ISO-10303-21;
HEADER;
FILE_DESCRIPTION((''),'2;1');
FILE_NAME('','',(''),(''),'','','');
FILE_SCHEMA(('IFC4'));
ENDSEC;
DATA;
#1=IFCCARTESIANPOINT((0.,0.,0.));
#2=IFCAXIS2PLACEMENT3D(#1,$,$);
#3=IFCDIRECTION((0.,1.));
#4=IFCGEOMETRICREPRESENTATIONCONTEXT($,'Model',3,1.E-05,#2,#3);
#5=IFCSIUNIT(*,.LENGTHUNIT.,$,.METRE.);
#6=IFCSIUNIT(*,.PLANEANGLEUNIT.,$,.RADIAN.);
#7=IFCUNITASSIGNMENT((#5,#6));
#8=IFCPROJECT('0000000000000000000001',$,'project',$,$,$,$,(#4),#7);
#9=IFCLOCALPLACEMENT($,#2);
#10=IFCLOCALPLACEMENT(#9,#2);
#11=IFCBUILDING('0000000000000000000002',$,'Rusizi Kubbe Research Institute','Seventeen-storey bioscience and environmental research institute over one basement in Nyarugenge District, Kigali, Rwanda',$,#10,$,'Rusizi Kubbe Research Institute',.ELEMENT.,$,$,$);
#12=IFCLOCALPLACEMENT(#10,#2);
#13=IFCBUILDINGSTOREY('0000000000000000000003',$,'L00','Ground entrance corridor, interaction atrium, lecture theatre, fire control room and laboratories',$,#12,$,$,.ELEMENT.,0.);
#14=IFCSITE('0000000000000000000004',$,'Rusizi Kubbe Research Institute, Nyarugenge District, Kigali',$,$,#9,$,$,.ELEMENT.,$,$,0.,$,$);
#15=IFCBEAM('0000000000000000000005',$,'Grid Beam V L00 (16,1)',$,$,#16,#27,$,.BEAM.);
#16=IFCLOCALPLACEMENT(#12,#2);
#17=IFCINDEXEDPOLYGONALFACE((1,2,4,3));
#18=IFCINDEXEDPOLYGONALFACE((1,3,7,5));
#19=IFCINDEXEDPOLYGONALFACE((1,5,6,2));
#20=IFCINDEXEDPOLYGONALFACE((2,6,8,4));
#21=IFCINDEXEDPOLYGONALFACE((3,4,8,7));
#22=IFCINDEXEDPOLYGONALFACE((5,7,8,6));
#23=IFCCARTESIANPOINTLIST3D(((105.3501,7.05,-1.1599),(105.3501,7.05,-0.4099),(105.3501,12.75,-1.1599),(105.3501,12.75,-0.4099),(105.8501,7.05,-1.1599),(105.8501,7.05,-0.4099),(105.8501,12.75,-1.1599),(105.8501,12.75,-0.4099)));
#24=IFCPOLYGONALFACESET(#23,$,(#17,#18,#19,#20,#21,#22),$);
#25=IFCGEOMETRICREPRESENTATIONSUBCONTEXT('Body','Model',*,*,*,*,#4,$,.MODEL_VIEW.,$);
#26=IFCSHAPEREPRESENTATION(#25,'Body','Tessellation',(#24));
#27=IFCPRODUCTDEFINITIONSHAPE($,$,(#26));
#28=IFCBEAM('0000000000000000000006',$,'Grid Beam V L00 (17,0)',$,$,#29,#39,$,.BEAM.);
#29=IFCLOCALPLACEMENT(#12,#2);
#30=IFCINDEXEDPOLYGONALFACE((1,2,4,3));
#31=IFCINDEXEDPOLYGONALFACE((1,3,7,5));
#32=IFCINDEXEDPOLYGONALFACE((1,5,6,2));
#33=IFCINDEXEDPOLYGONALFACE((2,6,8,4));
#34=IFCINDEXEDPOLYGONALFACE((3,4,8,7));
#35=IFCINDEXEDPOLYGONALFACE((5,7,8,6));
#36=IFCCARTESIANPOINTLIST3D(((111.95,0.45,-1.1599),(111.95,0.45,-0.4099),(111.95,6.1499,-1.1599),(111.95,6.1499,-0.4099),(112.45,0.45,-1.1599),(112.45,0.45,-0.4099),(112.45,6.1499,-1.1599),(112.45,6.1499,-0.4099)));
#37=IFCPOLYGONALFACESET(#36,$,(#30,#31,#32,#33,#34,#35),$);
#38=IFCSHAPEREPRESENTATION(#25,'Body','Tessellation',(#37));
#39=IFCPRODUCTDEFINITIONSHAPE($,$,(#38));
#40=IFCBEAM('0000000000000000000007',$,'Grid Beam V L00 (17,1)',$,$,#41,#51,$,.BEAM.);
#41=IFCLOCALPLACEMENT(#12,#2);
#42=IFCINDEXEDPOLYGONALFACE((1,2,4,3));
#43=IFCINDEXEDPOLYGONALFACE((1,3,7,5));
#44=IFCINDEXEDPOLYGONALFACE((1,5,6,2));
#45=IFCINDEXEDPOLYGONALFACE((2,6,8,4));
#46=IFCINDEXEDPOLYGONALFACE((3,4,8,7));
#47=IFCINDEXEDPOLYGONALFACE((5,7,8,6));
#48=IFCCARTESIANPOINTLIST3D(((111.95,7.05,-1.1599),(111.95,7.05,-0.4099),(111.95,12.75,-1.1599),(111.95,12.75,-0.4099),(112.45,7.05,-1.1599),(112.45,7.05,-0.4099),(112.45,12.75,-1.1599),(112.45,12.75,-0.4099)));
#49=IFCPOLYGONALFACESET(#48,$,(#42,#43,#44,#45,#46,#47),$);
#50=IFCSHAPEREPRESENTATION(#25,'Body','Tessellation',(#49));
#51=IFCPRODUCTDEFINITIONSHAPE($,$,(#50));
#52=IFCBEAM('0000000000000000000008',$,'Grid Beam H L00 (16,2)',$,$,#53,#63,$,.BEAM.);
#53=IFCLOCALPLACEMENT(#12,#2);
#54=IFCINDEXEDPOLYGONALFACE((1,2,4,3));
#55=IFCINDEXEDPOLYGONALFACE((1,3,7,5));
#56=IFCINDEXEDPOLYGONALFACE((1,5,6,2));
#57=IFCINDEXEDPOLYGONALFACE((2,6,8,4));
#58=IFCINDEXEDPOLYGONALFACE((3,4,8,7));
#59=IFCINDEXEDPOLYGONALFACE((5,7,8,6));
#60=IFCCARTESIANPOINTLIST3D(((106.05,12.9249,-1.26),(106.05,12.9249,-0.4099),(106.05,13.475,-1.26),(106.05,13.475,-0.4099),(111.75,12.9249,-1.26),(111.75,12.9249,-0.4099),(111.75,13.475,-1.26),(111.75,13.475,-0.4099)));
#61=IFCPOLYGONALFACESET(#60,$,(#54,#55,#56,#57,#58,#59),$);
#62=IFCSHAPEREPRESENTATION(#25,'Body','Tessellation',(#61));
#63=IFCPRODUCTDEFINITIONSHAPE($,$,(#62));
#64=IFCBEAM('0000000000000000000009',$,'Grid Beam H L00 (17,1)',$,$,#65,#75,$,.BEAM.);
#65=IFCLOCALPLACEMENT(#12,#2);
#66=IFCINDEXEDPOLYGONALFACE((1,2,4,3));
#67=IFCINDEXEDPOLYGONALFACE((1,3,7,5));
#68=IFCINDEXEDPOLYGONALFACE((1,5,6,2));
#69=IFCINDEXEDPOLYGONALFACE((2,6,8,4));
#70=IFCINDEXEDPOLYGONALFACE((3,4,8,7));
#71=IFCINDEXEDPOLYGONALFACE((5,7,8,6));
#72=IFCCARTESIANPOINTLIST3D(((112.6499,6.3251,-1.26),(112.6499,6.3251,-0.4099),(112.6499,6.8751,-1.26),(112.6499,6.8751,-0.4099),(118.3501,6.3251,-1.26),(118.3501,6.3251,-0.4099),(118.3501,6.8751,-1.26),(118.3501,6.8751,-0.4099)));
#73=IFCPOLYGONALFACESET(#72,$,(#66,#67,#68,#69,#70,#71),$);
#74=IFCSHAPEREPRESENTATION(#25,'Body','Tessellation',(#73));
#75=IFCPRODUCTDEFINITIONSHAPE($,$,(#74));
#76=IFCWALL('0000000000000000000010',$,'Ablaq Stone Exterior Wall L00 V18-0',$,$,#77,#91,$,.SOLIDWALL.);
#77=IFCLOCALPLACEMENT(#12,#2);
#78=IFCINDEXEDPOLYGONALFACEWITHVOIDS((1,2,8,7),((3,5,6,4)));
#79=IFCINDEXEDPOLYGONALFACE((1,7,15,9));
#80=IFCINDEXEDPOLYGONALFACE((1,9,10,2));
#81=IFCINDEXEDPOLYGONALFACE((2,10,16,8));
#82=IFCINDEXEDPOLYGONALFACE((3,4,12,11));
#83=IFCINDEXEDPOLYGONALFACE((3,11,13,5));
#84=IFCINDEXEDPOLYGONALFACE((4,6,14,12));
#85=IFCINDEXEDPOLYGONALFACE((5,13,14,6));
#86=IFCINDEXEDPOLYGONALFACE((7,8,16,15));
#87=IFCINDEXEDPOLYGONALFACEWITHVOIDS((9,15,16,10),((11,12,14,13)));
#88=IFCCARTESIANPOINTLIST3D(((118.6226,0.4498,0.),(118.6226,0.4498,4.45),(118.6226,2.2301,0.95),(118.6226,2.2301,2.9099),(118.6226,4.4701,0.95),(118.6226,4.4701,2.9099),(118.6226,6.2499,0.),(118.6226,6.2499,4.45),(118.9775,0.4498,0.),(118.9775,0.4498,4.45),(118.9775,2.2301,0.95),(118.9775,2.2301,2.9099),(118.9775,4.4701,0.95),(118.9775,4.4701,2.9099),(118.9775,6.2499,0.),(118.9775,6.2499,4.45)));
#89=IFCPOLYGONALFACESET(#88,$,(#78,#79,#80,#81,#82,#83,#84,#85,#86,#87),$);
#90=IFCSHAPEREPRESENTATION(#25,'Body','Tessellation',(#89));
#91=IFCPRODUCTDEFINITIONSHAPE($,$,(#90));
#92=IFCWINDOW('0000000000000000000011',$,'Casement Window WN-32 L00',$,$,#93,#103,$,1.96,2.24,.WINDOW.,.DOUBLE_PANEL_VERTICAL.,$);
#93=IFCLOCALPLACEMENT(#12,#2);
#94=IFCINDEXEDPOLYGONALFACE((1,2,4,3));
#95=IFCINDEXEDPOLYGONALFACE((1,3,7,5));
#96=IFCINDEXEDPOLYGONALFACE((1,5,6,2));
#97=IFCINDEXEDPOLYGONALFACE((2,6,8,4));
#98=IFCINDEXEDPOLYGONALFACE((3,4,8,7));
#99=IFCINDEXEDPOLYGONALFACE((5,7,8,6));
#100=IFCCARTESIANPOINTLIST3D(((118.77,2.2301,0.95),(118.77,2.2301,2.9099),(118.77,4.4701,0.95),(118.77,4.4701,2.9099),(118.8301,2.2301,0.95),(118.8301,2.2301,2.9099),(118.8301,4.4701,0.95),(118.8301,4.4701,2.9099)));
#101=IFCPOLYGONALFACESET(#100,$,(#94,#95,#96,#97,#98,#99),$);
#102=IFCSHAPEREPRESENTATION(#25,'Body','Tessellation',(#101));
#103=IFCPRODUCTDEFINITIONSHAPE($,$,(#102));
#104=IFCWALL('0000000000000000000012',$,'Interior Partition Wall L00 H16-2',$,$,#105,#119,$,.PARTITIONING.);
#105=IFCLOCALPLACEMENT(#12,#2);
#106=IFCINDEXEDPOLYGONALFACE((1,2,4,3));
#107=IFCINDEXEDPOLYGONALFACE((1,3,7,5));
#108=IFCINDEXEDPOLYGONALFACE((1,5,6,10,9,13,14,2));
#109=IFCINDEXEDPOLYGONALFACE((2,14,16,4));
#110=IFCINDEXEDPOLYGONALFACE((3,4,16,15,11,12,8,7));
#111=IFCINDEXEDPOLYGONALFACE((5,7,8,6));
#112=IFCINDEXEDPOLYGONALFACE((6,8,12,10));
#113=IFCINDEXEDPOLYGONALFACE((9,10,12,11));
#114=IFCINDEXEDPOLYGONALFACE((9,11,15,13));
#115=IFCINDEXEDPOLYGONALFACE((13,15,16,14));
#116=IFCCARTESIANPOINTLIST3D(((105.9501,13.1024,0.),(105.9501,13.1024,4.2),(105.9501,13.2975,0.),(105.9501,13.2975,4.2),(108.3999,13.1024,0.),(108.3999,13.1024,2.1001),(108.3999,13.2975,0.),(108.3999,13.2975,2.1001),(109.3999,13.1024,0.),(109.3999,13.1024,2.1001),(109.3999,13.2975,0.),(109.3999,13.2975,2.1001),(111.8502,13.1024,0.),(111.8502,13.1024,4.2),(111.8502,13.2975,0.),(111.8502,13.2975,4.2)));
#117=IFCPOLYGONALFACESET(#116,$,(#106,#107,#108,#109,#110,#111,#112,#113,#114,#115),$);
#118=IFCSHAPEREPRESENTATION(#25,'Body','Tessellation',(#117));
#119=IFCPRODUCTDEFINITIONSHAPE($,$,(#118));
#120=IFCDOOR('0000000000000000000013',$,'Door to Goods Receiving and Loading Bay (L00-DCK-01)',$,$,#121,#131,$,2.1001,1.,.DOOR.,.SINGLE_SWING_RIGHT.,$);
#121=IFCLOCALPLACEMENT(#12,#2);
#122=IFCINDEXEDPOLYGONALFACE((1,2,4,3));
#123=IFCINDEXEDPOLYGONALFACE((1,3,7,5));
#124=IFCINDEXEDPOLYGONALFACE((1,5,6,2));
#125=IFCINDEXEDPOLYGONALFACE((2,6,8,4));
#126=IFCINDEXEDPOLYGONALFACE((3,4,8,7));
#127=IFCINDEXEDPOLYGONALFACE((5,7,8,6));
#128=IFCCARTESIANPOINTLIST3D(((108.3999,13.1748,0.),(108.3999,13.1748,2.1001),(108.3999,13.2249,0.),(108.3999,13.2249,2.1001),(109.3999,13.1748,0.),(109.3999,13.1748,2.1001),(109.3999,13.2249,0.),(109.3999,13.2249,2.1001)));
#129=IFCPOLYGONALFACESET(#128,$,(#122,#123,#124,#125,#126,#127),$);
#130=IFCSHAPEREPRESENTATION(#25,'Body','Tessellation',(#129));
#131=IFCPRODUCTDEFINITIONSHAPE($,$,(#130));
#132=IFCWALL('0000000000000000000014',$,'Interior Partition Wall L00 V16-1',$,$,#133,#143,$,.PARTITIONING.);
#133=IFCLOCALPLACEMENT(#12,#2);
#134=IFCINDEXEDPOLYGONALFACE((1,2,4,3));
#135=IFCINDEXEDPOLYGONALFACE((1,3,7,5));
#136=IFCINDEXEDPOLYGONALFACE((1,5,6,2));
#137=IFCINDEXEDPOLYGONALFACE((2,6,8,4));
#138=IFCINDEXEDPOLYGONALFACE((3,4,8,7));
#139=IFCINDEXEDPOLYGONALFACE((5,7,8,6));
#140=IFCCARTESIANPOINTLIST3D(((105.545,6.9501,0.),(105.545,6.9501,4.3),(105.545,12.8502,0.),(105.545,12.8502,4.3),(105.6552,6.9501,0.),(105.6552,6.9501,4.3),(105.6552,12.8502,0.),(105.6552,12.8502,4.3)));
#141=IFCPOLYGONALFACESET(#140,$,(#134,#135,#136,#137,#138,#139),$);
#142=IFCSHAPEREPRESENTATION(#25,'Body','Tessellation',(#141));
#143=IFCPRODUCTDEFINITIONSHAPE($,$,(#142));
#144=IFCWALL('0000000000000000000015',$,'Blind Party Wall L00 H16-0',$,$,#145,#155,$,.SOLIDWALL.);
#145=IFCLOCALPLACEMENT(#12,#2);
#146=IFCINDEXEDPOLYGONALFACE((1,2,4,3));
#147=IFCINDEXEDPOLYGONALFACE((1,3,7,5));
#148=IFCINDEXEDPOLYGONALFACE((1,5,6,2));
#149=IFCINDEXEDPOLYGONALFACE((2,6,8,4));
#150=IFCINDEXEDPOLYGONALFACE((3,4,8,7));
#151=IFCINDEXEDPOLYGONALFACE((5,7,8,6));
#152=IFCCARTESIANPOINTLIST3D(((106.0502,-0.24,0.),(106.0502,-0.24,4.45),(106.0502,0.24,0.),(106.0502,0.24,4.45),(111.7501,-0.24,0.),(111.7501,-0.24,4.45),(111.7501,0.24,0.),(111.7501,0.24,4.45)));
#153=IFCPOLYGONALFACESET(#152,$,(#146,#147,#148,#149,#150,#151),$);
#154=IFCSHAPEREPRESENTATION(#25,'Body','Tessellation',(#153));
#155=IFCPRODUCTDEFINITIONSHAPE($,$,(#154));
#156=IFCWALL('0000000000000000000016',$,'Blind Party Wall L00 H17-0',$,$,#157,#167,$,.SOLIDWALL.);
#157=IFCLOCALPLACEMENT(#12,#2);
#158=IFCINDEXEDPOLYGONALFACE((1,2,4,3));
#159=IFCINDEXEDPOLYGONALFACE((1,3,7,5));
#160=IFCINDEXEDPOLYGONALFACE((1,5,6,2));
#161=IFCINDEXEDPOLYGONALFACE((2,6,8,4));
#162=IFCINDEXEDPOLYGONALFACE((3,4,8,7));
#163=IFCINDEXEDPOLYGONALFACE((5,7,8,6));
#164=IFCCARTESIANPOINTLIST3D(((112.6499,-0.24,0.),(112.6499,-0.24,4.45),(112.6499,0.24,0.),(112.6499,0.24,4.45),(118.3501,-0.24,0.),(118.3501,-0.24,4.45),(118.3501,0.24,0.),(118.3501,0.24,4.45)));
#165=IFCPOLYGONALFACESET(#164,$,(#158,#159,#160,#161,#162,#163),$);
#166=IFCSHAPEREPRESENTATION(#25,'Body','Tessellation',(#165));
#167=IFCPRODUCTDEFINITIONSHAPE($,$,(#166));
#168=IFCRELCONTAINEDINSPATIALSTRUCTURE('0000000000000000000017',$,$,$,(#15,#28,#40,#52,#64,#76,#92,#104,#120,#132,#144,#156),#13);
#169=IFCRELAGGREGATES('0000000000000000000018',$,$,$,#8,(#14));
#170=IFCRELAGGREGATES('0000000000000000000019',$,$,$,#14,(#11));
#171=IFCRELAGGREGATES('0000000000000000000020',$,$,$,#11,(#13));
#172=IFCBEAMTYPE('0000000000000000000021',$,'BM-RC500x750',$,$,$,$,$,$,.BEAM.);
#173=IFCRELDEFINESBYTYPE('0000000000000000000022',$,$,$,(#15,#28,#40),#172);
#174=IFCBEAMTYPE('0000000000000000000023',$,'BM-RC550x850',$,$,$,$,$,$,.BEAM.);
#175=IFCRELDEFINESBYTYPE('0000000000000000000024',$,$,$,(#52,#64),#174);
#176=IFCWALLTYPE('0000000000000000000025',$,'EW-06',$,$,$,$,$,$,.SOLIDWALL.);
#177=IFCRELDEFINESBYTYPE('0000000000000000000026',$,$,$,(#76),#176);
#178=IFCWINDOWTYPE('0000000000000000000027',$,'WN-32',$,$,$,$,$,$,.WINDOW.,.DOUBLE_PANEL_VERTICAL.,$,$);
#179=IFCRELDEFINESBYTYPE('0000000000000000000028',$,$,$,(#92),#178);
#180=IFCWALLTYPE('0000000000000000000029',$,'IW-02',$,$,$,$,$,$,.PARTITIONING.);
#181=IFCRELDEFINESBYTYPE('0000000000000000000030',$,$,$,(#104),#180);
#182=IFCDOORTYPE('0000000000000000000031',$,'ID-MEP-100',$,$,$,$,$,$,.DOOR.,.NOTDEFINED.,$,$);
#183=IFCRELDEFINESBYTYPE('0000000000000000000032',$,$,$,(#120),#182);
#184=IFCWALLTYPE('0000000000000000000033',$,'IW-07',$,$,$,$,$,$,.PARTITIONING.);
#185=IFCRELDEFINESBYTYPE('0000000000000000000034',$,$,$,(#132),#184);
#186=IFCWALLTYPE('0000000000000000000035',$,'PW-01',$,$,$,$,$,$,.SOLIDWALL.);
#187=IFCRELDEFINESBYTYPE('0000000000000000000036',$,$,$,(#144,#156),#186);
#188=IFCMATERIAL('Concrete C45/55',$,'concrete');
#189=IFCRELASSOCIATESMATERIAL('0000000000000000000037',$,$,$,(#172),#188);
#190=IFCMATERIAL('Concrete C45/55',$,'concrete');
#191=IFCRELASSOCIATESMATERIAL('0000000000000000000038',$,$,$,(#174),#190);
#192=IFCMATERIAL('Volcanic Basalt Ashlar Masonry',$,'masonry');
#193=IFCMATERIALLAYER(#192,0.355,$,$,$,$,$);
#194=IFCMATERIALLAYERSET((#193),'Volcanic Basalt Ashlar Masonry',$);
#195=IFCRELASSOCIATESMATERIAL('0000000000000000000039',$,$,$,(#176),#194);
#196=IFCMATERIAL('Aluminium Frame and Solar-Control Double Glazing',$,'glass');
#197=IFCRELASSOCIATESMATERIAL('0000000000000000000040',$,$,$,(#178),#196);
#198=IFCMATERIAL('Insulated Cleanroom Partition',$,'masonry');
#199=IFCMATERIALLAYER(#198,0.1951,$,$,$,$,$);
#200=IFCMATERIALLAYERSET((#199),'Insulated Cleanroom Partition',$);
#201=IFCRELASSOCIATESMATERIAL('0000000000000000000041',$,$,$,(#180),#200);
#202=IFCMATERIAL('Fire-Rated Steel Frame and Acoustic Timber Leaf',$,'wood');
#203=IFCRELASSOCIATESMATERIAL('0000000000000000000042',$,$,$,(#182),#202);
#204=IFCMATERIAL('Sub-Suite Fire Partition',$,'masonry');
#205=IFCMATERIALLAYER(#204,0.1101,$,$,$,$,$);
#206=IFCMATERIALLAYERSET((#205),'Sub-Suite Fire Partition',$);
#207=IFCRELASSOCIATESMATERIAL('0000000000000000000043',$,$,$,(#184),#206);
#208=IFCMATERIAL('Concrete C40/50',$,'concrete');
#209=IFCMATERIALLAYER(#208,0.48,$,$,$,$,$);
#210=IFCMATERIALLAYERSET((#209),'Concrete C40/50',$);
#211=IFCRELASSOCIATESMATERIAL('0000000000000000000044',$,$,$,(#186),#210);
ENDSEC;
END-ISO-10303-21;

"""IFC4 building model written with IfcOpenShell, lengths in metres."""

from ifc_helpers import new_model, si_unit, direction, frame, frame_2d, origin, origin_2d, place, context, subcontext, project, spatial, rectangle, extrude, material, layer, layer_set, material_profile, profile_set, type_object, element, fill, save


model = new_model("IFC4")

# Units and contexts
model_context = context("Model", 3, precision=1e-05, world=origin(), true_north=direction((0.0, 1.0)))
body_context = subcontext(model_context, "Body", "Model", "MODEL_VIEW")
ifc_project = project(units=[si_unit("LENGTHUNIT", "METRE"), si_unit("PLANEANGLEUNIT", "RADIAN")], contexts=[model_context])

# Site, building, storey
site_placement = place(None, origin())
site = spatial("IfcSite", under=ifc_project, at=site_placement, Name="Rusizi Kubbe Research Institute, Nyarugenge District, Kigali", CompositionType="ELEMENT", RefElevation=0.0)
building_placement = place(site_placement, origin())
building = spatial("IfcBuilding", under=site, at=building_placement, Name="Rusizi Kubbe Research Institute", Description="Seventeen-storey bioscience and environmental research institute over one basement in Nyarugenge District, Kigali, Rwanda", LongName="Rusizi Kubbe Research Institute", CompositionType="ELEMENT")
storey_placement = place(building_placement, origin())
storey = spatial("IfcBuildingStorey", under=building, at=storey_placement, Name="L00", Description="Ground entrance corridor, interaction atrium, lecture theatre, fire control room and laboratories", CompositionType="ELEMENT", Elevation=0.0)

# Beams
ifc_material_1 = material(Name="Concrete C45/55", Category="concrete")
ifc_material_profile_1 = material_profile(ifc_material_1, rectangle(XDim=0.5, YDim=0.75, at=origin_2d()), Name="RC500x750B")
ifc_profile_set_1 = profile_set([ifc_material_profile_1], Name="Concrete C45/55")
beam_type_1 = type_object("IfcBeamType", Name="BM-RC500x750", PredefinedType="BEAM", material=ifc_profile_set_1)
for number, where, z_axis, x_axis, name in (
    (1, (105.6001, 7.05, -0.7849), (0.0, 1.0, 0.0), (-1.0, 0.0, 0.0), "Grid Beam V L00 (16,1)"),
    (2, (112.2, 0.45, -0.7849), (0.0, 1.0, 0.0), (-1.0, 0.0, 0.0), "Grid Beam V L00 (17,0)"),
    (3, (112.2, 7.05, -0.7849), (0.0, 1.0, 0.0), (-1.0, 0.0, 0.0), "Grid Beam V L00 (17,1)"),
):
    element("IfcBeam", number, at=place(storey_placement, frame(where, z_axis=z_axis, x_axis=x_axis)), inside=storey, type_object=beam_type_1, Name=name, PredefinedType="BEAM", context=body_context, shape_type="SweptSolid", body=[
        extrude(rectangle(XDim=0.5, YDim=0.75, at=origin_2d()), origin(), (0.0, 0.0, 1.0), 5.7),
    ])
ifc_material_2 = material(Name="Concrete C45/55", Category="concrete")
ifc_material_profile_2 = material_profile(ifc_material_2, rectangle(XDim=0.55, YDim=0.8501, at=origin_2d()), Name="RC550x850")
ifc_profile_set_2 = profile_set([ifc_material_profile_2], Name="Concrete C45/55")
beam_type_2 = type_object("IfcBeamType", Name="BM-RC550x850", PredefinedType="BEAM", material=ifc_profile_set_2)
beam_1_placement = place(storey_placement, frame((106.05, 13.2, -0.835), z_axis=(1.0, 0.0, 0.0), x_axis=(0.0, 1.0, 0.0)))
element("IfcBeam", 4, at=beam_1_placement, inside=storey, type_object=beam_type_2, Name="Grid Beam H L00 (16,2)", PredefinedType="BEAM", context=body_context, shape_type="SweptSolid", body=[
    extrude(rectangle(XDim=0.55, YDim=0.8501, at=origin_2d()), origin(), (0.0, 0.0, 1.0), 5.7),
])
beam_2_placement = place(storey_placement, frame((112.6499, 6.6001, -0.835), z_axis=(1.0, 0.0, 0.0), x_axis=(0.0, 1.0, 0.0)))
element("IfcBeam", 5, at=beam_2_placement, inside=storey, type_object=beam_type_2, Name="Grid Beam H L00 (17,1)", PredefinedType="BEAM", context=body_context, shape_type="SweptSolid", body=[
    extrude(rectangle(XDim=0.55, YDim=0.8501, at=origin_2d()), origin(), (0.0, 0.0, 1.0), 5.7002),
])

# Wall, opening, window
ifc_material_3 = material(Name="Volcanic Basalt Ashlar Masonry", Category="masonry")
ifc_layer_1 = layer(ifc_material_3, 0.355)
ifc_layer_set_1 = layer_set([ifc_layer_1], Name="Volcanic Basalt Ashlar Masonry")
wall_type_1 = type_object("IfcWallType", Name="EW-06", PredefinedType="SOLIDWALL", material=ifc_layer_set_1)
wall_1_placement = place(storey_placement, frame((118.8, 0.45, 0.0), z_axis=(0.0, 0.0, 1.0), x_axis=(0.0, 1.0, 0.0)))
wall_1 = element("IfcWall", 6, at=wall_1_placement, inside=storey, type_object=wall_type_1, Name="Ablaq Stone Exterior Wall L00 V18-0", PredefinedType="SOLIDWALL", context=body_context, shape_type="SweptSolid", body=[
    extrude(rectangle(XDim=5.8, YDim=0.355, at=frame_2d((2.8999, 0.0))), origin(), (0.0, 0.0, 1.0), 4.45),
])
opening_1_placement = place(wall_1_placement, frame((1.78, 0.0, 0.95)))
opening_1 = element("IfcOpeningElement", 7, at=opening_1_placement, cuts=wall_1, PredefinedType="OPENING", context=body_context, shape_type="SweptSolid", body=[
    extrude(rectangle(XDim=2.24, YDim=1.96, at=frame_2d((1.1201, 0.98))), frame((0.0, 0.1875, 0.0), z_axis=(0.0, -1.0, 0.0), x_axis=(1.0, 0.0, 0.0)), (0.0, 0.0, 1.0), 0.375),
])
ifc_material_4 = material(Name="Aluminium Frame and Solar-Control Double Glazing", Category="glass")
window_type = type_object("IfcWindowType", Name="WN-32", PartitioningType="DOUBLE_PANEL_VERTICAL", PredefinedType="WINDOW", material=ifc_material_4)
window_placement = place(opening_1_placement, origin())
window = element("IfcWindow", 8, at=window_placement, inside=storey, type_object=window_type, Name="Casement Window WN-32 L00", OverallHeight=1.96, OverallWidth=2.24, PartitioningType="DOUBLE_PANEL_VERTICAL", PredefinedType="WINDOW", context=body_context, shape_type="SweptSolid", body=[
    extrude(rectangle(XDim=2.24, YDim=1.96, at=frame_2d((1.1201, 0.98))), frame((0.0, 0.03, 0.0), z_axis=(0.0, -1.0, 0.0), x_axis=(1.0, 0.0, 0.0)), (0.0, 0.0, 1.0), 0.0601),
])
fill(opening_1, window)

# Wall, opening, door
ifc_material_5 = material(Name="Insulated Cleanroom Partition", Category="masonry")
ifc_layer_2 = layer(ifc_material_5, 0.1951)
ifc_layer_set_2 = layer_set([ifc_layer_2], Name="Insulated Cleanroom Partition")
wall_type_2 = type_object("IfcWallType", Name="IW-02", PredefinedType="PARTITIONING", material=ifc_layer_set_2)
wall_2_placement = place(storey_placement, frame((105.95, 13.2, 0.0), z_axis=(0.0, 0.0, 1.0), x_axis=(1.0, 0.0, 0.0)))
wall_2 = element("IfcWall", 9, at=wall_2_placement, inside=storey, type_object=wall_type_2, Name="Interior Partition Wall L00 H16-2", PredefinedType="PARTITIONING", context=body_context, shape_type="SweptSolid", body=[
    extrude(rectangle(XDim=5.9001, YDim=0.1951, at=frame_2d((2.9502, 0.0))), origin(), (0.0, 0.0, 1.0), 4.2),
])
opening_2_placement = place(wall_2_placement, frame((2.45, 0.0, 0.0)))
opening_2 = element("IfcOpeningElement", 10, at=opening_2_placement, cuts=wall_2, PredefinedType="OPENING", context=body_context, shape_type="SweptSolid", body=[
    extrude(rectangle(XDim=1.0, YDim=2.1001, at=frame_2d((0.5, 1.05))), frame((0.0, 0.1074, 0.0), z_axis=(0.0, -1.0, 0.0), x_axis=(1.0, 0.0, 0.0)), (0.0, 0.0, 1.0), 0.2151),
])
ifc_material_6 = material(Name="Fire-Rated Steel Frame and Acoustic Timber Leaf", Category="wood")
door_type = type_object("IfcDoorType", Name="ID-MEP-100", OperationType="NOTDEFINED", PredefinedType="DOOR", material=ifc_material_6)
door_placement = place(opening_2_placement, origin())
door = element("IfcDoor", 11, at=door_placement, inside=storey, type_object=door_type, Name="Door to Goods Receiving and Loading Bay (L00-DCK-01)", OperationType="SINGLE_SWING_RIGHT", OverallHeight=2.1001, OverallWidth=1.0, PredefinedType="DOOR", context=body_context, shape_type="SweptSolid", body=[
    extrude(rectangle(XDim=1.0, YDim=2.1001, at=frame_2d((0.5, 1.05))), frame((0.0, 0.0249, 0.0), z_axis=(0.0, -1.0, 0.0), x_axis=(1.0, 0.0, 0.0)), (0.0, 0.0, 1.0), 0.05),
])
fill(opening_2, door)

# Walls
ifc_material_7 = material(Name="Sub-Suite Fire Partition", Category="masonry")
ifc_layer_3 = layer(ifc_material_7, 0.1101)
ifc_layer_set_3 = layer_set([ifc_layer_3], Name="Sub-Suite Fire Partition")
wall_type_3 = type_object("IfcWallType", Name="IW-07", PredefinedType="PARTITIONING", material=ifc_layer_set_3)
wall_3_placement = place(storey_placement, frame((105.6001, 6.95, 0.0), z_axis=(0.0, 0.0, 1.0), x_axis=(0.0, 1.0, 0.0)))
element("IfcWall", 12, at=wall_3_placement, inside=storey, type_object=wall_type_3, Name="Interior Partition Wall L00 V16-1", PredefinedType="PARTITIONING", context=body_context, shape_type="SweptSolid", body=[
    extrude(rectangle(XDim=5.9001, YDim=0.1101, at=frame_2d((2.9502, 0.0))), origin(), (0.0, 0.0, 1.0), 4.3),
])
ifc_material_8 = material(Name="Concrete C40/50", Category="concrete")
ifc_layer_4 = layer(ifc_material_8, 0.48)
ifc_layer_set_4 = layer_set([ifc_layer_4], Name="Concrete C40/50")
wall_type_4 = type_object("IfcWallType", Name="PW-01", PredefinedType="SOLIDWALL", material=ifc_layer_set_4)
wall_4_placement = place(storey_placement, frame((106.05, 0.0, 0.0), z_axis=(0.0, 0.0, 1.0), x_axis=(1.0, 0.0, 0.0)))
element("IfcWall", 13, at=wall_4_placement, inside=storey, type_object=wall_type_4, Name="Blind Party Wall L00 H16-0", PredefinedType="SOLIDWALL", context=body_context, shape_type="SweptSolid", body=[
    extrude(rectangle(XDim=5.7, YDim=0.48, at=frame_2d((2.8501, 0.0))), origin(), (0.0, 0.0, 1.0), 4.45),
])
wall_5_placement = place(storey_placement, frame((112.6499, 0.0, 0.0), z_axis=(0.0, 0.0, 1.0), x_axis=(1.0, 0.0, 0.0)))
element("IfcWall", 14, at=wall_5_placement, inside=storey, type_object=wall_type_4, Name="Blind Party Wall L00 H17-0", PredefinedType="SOLIDWALL", context=body_context, shape_type="SweptSolid", body=[
    extrude(rectangle(XDim=5.7002, YDim=0.48, at=frame_2d((2.8501, 0.0))), origin(), (0.0, 0.0, 1.0), 4.45),
])

save(model, "model.ifc")
